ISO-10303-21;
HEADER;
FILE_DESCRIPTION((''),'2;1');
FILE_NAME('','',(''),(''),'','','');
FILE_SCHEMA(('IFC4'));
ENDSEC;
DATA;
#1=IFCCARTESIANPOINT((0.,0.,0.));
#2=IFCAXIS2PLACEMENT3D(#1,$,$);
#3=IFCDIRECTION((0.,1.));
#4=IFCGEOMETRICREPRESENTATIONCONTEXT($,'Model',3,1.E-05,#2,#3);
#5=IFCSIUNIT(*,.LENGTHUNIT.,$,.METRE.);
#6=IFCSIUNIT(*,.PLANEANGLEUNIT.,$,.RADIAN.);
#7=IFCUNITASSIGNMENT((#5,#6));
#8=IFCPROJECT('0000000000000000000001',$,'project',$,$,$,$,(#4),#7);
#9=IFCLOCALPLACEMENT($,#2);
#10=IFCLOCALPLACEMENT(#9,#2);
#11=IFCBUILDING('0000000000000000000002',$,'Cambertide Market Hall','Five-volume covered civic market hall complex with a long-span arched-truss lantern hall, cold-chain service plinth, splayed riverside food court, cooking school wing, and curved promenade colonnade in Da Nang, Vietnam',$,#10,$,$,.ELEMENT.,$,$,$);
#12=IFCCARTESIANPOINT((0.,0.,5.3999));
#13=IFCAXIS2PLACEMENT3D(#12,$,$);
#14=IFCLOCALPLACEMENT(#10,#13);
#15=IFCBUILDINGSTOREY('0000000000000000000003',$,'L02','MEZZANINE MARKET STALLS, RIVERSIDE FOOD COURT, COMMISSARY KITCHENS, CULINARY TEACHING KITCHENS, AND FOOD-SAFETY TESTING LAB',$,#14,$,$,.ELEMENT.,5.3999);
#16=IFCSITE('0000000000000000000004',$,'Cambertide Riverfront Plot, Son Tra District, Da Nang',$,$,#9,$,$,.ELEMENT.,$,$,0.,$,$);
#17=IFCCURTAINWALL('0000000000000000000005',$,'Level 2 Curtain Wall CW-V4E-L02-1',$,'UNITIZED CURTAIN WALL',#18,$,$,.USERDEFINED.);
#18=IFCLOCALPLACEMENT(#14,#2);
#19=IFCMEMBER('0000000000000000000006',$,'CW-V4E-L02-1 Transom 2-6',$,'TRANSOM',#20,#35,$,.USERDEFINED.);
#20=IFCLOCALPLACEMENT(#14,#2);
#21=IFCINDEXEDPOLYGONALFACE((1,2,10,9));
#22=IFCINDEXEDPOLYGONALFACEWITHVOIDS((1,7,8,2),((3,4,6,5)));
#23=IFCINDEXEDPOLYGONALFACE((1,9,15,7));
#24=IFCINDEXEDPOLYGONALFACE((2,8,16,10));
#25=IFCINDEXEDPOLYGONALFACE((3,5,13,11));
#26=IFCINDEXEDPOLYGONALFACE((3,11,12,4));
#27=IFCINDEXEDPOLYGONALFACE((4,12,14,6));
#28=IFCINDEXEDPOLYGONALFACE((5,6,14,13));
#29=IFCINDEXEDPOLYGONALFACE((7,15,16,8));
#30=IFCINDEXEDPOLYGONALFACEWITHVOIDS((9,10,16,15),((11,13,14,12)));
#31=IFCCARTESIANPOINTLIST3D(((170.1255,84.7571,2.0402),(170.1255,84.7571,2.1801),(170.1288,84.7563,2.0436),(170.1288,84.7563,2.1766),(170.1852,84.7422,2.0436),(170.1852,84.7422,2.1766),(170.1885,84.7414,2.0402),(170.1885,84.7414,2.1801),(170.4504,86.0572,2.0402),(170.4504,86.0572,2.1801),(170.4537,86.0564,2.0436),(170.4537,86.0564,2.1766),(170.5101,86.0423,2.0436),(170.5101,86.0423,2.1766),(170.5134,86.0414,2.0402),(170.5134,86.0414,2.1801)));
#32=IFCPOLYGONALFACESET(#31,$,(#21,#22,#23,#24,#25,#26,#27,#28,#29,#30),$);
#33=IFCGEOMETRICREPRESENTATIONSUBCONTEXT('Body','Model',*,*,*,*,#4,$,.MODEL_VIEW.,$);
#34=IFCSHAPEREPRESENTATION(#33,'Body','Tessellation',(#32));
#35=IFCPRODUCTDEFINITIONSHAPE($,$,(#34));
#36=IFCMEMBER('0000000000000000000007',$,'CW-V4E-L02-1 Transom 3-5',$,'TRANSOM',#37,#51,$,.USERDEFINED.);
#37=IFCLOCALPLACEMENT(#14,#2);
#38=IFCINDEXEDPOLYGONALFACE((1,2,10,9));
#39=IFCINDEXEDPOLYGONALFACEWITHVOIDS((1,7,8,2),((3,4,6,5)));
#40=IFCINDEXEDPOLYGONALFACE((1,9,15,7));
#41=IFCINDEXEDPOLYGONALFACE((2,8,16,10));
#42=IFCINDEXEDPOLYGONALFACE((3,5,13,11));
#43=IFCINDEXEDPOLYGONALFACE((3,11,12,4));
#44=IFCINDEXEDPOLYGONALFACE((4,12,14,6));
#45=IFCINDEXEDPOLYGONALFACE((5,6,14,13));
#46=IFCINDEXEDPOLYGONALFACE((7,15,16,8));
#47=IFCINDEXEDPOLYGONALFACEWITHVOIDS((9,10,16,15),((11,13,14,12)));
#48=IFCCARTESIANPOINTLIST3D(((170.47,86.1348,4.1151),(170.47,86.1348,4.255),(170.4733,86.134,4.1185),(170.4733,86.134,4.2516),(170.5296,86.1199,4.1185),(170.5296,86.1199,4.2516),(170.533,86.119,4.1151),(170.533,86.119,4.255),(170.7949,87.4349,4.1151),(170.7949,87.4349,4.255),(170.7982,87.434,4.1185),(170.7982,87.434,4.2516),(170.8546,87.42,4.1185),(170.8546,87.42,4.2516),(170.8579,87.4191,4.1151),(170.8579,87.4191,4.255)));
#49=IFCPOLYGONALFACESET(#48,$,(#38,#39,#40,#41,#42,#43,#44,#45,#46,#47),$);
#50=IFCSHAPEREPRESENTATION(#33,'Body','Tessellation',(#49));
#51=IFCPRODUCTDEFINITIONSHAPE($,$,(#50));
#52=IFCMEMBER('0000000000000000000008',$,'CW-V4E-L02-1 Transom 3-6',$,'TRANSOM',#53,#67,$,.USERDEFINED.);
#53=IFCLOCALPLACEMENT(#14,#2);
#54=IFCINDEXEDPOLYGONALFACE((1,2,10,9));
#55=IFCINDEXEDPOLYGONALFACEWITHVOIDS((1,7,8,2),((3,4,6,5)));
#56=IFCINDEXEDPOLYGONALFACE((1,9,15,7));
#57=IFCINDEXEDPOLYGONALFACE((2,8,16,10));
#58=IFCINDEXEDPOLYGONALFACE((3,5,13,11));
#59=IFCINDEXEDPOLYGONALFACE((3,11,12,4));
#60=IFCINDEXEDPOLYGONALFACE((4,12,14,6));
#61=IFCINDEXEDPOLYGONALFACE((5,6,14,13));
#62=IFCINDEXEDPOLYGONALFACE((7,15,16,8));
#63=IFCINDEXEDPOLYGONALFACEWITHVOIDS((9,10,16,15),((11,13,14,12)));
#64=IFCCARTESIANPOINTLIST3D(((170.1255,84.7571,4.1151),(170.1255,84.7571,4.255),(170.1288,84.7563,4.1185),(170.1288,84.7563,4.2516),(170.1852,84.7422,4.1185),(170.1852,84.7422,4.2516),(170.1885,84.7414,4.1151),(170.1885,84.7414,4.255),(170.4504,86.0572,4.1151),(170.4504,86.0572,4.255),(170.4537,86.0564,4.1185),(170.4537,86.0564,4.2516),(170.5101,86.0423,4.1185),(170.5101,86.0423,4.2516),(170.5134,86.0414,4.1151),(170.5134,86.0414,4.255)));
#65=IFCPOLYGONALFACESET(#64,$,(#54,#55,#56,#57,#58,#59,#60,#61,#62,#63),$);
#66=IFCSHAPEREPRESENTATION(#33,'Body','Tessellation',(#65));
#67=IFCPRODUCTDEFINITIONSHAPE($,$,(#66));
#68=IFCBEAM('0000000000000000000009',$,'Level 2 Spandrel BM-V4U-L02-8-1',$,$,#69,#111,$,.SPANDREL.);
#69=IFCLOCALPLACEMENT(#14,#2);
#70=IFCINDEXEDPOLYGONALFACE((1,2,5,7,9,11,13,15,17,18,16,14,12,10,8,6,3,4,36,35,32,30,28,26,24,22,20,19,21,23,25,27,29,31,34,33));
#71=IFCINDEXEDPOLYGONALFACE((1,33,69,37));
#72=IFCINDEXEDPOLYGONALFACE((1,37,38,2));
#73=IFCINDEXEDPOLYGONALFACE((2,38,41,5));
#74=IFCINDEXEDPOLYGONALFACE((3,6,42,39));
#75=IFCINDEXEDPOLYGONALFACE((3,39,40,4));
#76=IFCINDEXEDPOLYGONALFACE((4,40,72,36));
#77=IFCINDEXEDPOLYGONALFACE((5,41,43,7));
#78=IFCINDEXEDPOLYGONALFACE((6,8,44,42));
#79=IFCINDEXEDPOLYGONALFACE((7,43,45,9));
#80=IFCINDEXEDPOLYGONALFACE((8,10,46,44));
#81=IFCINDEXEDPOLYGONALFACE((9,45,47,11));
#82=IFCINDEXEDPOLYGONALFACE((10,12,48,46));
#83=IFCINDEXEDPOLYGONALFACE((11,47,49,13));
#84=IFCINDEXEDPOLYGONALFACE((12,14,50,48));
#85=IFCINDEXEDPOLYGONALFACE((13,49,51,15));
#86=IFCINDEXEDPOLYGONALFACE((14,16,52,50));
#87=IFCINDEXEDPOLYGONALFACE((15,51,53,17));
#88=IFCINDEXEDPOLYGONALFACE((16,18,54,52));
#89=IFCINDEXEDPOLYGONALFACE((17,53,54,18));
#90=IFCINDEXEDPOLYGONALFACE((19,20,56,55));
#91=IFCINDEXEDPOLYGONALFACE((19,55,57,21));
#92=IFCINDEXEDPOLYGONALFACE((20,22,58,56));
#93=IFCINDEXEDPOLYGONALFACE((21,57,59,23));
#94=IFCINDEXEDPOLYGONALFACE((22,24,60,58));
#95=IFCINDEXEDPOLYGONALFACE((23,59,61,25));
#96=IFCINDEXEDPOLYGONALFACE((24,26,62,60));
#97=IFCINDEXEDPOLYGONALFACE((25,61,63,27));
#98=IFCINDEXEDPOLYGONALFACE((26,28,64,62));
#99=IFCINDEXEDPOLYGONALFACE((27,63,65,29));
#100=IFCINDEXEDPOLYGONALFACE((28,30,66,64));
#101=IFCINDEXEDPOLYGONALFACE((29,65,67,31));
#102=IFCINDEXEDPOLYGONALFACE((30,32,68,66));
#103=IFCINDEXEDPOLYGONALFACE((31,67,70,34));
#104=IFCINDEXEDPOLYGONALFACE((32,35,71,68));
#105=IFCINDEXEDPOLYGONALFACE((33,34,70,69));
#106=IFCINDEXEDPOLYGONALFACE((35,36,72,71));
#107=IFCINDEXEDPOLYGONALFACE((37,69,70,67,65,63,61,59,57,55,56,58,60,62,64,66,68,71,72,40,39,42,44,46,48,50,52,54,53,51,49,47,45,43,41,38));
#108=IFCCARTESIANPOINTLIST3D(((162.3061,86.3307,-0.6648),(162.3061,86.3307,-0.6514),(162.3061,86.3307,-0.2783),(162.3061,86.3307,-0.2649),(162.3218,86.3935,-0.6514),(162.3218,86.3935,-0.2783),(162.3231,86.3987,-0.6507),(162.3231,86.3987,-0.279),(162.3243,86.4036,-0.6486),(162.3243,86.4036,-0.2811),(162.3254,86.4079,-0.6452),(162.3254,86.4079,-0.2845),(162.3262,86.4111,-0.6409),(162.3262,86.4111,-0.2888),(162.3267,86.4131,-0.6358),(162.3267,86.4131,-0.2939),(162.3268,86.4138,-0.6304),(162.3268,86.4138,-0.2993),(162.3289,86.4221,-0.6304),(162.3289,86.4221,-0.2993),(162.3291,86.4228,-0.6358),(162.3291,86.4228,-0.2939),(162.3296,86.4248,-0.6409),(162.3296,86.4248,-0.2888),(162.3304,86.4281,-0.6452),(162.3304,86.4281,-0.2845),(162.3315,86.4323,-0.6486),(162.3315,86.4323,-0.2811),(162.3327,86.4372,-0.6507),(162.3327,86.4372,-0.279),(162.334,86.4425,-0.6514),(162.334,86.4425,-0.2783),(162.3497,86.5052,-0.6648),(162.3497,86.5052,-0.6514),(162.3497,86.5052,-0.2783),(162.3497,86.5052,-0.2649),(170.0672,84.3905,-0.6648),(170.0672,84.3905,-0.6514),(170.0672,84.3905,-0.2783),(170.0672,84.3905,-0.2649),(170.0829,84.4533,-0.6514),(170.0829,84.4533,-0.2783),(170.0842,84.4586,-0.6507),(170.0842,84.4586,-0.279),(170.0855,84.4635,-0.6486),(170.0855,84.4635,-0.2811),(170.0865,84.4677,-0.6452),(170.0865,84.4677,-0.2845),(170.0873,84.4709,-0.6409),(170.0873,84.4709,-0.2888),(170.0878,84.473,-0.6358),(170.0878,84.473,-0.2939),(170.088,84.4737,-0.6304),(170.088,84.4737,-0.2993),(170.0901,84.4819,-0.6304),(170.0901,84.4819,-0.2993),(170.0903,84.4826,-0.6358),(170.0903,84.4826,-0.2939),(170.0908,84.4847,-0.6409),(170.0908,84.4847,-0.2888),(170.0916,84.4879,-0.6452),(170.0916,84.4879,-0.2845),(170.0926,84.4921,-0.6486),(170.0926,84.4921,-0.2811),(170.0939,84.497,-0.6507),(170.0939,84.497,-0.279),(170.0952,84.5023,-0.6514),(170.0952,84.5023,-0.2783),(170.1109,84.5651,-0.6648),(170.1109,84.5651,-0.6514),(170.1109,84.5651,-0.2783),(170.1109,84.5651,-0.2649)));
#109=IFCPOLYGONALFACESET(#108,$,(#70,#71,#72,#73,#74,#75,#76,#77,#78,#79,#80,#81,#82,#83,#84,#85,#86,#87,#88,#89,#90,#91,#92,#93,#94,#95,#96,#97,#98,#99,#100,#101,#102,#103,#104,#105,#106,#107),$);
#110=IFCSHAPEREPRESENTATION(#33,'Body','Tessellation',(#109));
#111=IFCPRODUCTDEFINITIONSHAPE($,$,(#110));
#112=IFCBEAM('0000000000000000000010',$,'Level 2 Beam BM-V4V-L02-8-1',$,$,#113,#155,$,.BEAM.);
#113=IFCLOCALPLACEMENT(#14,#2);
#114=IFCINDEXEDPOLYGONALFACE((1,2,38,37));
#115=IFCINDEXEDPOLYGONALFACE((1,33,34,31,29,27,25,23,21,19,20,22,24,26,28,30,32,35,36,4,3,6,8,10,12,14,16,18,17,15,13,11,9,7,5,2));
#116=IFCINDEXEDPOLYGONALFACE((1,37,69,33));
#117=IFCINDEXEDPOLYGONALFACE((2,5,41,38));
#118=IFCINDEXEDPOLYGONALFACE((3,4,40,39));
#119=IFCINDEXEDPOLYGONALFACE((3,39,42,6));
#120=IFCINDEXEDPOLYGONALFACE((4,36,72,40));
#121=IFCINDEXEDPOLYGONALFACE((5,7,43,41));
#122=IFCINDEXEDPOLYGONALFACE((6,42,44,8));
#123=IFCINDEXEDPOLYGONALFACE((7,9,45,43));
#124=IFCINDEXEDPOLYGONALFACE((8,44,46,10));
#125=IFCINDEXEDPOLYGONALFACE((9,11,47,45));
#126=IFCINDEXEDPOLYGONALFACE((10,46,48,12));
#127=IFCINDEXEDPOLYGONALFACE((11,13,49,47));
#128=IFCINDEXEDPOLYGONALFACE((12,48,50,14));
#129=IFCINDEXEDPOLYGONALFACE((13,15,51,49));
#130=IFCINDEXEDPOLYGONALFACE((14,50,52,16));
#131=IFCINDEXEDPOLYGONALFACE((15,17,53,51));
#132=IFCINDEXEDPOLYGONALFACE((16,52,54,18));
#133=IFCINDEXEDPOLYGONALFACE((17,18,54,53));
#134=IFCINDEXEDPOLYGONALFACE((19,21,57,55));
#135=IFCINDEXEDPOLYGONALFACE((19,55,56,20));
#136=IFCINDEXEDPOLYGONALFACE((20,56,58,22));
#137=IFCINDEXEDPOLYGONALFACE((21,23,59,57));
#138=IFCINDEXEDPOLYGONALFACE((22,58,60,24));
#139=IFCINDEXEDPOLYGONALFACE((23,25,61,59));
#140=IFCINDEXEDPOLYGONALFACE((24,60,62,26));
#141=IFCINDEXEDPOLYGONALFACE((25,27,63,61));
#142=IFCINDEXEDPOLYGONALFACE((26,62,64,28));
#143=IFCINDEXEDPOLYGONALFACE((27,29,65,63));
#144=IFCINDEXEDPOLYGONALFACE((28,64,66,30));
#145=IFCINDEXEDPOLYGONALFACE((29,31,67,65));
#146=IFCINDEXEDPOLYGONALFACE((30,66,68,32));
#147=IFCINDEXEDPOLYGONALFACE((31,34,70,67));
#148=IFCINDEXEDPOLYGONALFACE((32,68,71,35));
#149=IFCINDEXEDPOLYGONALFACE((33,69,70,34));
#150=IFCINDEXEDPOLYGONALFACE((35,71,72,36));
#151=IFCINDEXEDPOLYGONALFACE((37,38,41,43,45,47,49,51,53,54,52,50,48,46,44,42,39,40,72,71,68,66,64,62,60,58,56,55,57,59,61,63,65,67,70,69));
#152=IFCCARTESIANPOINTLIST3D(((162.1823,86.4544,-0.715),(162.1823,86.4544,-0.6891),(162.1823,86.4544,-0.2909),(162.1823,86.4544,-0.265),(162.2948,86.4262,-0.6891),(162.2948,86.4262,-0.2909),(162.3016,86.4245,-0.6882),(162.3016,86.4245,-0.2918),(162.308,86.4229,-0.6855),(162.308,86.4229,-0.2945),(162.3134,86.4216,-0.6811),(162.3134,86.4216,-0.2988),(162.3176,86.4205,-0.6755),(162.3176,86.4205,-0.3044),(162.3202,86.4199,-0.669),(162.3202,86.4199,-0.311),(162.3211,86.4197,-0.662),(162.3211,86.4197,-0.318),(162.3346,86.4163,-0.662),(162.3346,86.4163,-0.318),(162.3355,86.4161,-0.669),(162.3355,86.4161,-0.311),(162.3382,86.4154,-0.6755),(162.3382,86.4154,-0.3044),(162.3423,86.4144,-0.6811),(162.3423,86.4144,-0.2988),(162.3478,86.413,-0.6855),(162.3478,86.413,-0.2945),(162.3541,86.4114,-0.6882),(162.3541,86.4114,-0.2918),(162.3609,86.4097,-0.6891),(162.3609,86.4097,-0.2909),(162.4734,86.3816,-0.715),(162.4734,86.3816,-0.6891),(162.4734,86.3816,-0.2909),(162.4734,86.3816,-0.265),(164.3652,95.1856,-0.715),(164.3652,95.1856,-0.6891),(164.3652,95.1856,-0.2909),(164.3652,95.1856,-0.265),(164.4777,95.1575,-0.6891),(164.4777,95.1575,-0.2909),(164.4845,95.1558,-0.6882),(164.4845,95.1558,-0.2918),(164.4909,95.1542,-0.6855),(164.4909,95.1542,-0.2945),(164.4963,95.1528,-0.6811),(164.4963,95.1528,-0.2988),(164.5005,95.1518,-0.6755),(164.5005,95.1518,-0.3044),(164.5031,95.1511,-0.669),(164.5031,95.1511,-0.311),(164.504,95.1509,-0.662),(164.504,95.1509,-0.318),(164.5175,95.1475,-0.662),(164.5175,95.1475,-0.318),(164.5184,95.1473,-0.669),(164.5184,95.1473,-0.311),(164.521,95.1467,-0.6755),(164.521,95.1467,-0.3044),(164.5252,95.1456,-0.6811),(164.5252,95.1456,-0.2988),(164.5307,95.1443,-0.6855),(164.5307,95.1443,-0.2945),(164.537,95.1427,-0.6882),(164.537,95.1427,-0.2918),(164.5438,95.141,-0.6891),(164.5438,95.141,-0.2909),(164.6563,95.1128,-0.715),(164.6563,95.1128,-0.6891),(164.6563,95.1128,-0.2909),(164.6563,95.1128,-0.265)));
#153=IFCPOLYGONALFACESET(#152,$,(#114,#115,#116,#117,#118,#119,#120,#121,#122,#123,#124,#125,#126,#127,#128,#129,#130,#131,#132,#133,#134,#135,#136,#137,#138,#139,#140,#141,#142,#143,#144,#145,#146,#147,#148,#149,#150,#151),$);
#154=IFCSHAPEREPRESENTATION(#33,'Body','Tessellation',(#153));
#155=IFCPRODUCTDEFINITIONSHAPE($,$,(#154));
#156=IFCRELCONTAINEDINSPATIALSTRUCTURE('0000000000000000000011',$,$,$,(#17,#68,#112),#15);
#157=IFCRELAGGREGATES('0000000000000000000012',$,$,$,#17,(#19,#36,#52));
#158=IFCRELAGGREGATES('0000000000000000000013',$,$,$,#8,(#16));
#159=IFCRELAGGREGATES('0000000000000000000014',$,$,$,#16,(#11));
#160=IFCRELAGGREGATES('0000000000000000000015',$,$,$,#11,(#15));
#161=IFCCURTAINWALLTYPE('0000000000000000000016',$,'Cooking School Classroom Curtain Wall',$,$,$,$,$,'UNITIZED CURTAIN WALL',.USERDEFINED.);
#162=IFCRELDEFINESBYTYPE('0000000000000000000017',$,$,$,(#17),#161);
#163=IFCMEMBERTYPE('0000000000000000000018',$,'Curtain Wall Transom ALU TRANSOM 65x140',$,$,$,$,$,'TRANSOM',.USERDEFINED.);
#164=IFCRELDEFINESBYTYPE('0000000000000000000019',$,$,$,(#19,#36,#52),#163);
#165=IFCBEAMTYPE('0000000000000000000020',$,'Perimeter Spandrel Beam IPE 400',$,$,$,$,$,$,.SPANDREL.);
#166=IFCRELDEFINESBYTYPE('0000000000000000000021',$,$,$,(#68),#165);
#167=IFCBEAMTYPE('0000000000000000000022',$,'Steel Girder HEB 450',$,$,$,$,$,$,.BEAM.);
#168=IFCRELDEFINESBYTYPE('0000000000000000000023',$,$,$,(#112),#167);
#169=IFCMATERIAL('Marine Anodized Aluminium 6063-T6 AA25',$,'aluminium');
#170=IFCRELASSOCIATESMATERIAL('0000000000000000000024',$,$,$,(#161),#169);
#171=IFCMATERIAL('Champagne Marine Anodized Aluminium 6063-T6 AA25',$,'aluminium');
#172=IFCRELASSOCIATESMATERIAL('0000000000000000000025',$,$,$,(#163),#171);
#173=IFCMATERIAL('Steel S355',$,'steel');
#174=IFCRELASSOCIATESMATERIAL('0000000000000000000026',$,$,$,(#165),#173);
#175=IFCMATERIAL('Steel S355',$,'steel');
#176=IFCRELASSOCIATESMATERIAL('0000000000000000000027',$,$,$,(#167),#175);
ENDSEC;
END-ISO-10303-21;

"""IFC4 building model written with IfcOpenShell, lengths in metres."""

from ifc_helpers import new_model, si_unit, direction, frame, origin, origin_2d, place, context, subcontext, project, spatial, hollow_rectangle, i_section, extrude, material, material_profile, profile_set, type_object, element, aggregate, save


model = new_model("IFC4")

# Units and contexts
model_context = context("Model", 3, precision=1e-05, world=origin(), true_north=direction((0.0, 1.0)))
body_context = subcontext(model_context, "Body", "Model", "MODEL_VIEW")
ifc_project = project(units=[si_unit("LENGTHUNIT", "METRE"), si_unit("PLANEANGLEUNIT", "RADIAN")], contexts=[model_context])

# Site, building, storey
site_placement = place(None, origin())
site = spatial("IfcSite", under=ifc_project, at=site_placement, Name="Cambertide Riverfront Plot, Son Tra District, Da Nang", CompositionType="ELEMENT", RefElevation=0.0)
building_placement = place(site_placement, origin())
building = spatial("IfcBuilding", under=site, at=building_placement, Name="Cambertide Market Hall", Description="Five-volume covered civic market hall complex with a long-span arched-truss lantern hall, cold-chain service plinth, splayed riverside food court, cooking school wing, and curved promenade colonnade in Da Nang, Vietnam", CompositionType="ELEMENT")
storey_placement = place(building_placement, frame((0.0, 0.0, 5.3999)))
storey = spatial("IfcBuildingStorey", under=building, at=storey_placement, Name="L02", Description="MEZZANINE MARKET STALLS, RIVERSIDE FOOD COURT, COMMISSARY KITCHENS, CULINARY TEACHING KITCHENS, AND FOOD-SAFETY TESTING LAB", CompositionType="ELEMENT", Elevation=5.3999)

# Curtain wall, members
ifc_material_1 = material(Name="Marine Anodized Aluminium 6063-T6 AA25", Category="aluminium")
curtain_wall_type = type_object("IfcCurtainWallType", Name="Cooking School Classroom Curtain Wall", ElementType="UNITIZED CURTAIN WALL", PredefinedType="USERDEFINED", material=ifc_material_1)
curtain_wall_placement = place(storey_placement, origin())
curtain_wall = element("IfcCurtainWall", 1, at=curtain_wall_placement, inside=storey, type_object=curtain_wall_type, Name="Level 2 Curtain Wall CW-V4E-L02-1", ObjectType="UNITIZED CURTAIN WALL", PredefinedType="USERDEFINED")
ifc_material_2 = material(Name="Champagne Marine Anodized Aluminium 6063-T6 AA25", Category="aluminium")
ifc_material_profile_1 = material_profile(ifc_material_2, hollow_rectangle(XDim=0.0649, YDim=0.1399, WallThickness=0.0034, at=origin_2d()), Name="ALU TRANSOM 65x140")
ifc_profile_set_1 = profile_set([ifc_material_profile_1], Name="Champagne Marine Anodized Aluminium 6063-T6 AA25")
member_type_1 = type_object("IfcMemberType", Name="Curtain Wall Transom ALU TRANSOM 65x140", ElementType="TRANSOM", PredefinedType="USERDEFINED", material=ifc_profile_set_1)
member_1_placement = place(storey_placement, frame((170.4819, 86.0493, 2.1101), z_axis=(-0.242493, -0.970153, 0.0), x_axis=(0.970153, -0.242493, 0.0)))
member_1 = element("IfcMember", 2, at=member_1_placement, type_object=member_type_1, Name="CW-V4E-L02-1 Transom 2-6", ObjectType="TRANSOM", PredefinedType="USERDEFINED", context=body_context, shape_type="SweptSolid", body=[
    extrude(hollow_rectangle(XDim=0.0649, YDim=0.1399, WallThickness=0.0034, at=origin_2d()), origin(), (0.0, 0.0, 1.0), 1.3401),
])
member_2_placement = place(storey_placement, frame((170.8264, 87.427, 4.1851), z_axis=(-0.242493, -0.970153, 0.0), x_axis=(0.970153, -0.242493, 0.0)))
member_2 = element("IfcMember", 3, at=member_2_placement, type_object=member_type_1, Name="CW-V4E-L02-1 Transom 3-5", ObjectType="TRANSOM", PredefinedType="USERDEFINED", context=body_context, shape_type="SweptSolid", body=[
    extrude(hollow_rectangle(XDim=0.0649, YDim=0.1399, WallThickness=0.0034, at=origin_2d()), origin(), (0.0, 0.0, 1.0), 1.3401),
])
member_3_placement = place(storey_placement, frame((170.4819, 86.0493, 4.1851), z_axis=(-0.242493, -0.970153, 0.0), x_axis=(0.970153, -0.242493, 0.0)))
member_3 = element("IfcMember", 4, at=member_3_placement, type_object=member_type_1, Name="CW-V4E-L02-1 Transom 3-6", ObjectType="TRANSOM", PredefinedType="USERDEFINED", context=body_context, shape_type="SweptSolid", body=[
    extrude(hollow_rectangle(XDim=0.0649, YDim=0.1399, WallThickness=0.0034, at=origin_2d()), origin(), (0.0, 0.0, 1.0), 1.3401),
])

# Beams
ifc_material_3 = material(Name="Steel S355", Category="steel")
ifc_material_profile_2 = material_profile(ifc_material_3, i_section(OverallWidth=0.1799, OverallDepth=0.3999, WebThickness=0.0085, FlangeThickness=0.0134, FilletRadius=0.021, at=origin_2d()), Name="IPE 400")
ifc_profile_set_2 = profile_set([ifc_material_profile_2], Name="Steel S355")
beam_type_1 = type_object("IfcBeamType", Name="Perimeter Spandrel Beam IPE 400", PredefinedType="SPANDREL", material=ifc_profile_set_2)
beam_placement = place(storey_placement, frame((162.3279, 86.418, -0.4648), z_axis=(0.970146, -0.242521, 0.0), x_axis=(0.242521, 0.970146, 0.0)))
element("IfcBeam", 5, at=beam_placement, inside=storey, type_object=beam_type_1, Name="Level 2 Spandrel BM-V4U-L02-8-1", PredefinedType="SPANDREL", context=body_context, shape_type="SweptSolid", body=[
    extrude(i_section(OverallWidth=0.1799, OverallDepth=0.3999, WebThickness=0.0085, FlangeThickness=0.0134, FilletRadius=0.021, at=origin_2d()), origin(), (0.0, 0.0, 1.0), 8.0),
])
ifc_material_4 = material(Name="Steel S355", Category="steel")
ifc_material_profile_3 = material_profile(ifc_material_4, i_section(OverallWidth=0.3, OverallDepth=0.45, WebThickness=0.0139, FlangeThickness=0.0259, FilletRadius=0.0271, at=origin_2d()), Name="HEB 450")
ifc_profile_set_3 = profile_set([ifc_material_profile_3], Name="Steel S355")
beam_type_2 = type_object("IfcBeamType", Name="Steel Girder HEB 450", PredefinedType="BEAM", material=ifc_profile_set_3)
for number, where, z_axis, x_axis, name in (
    (6, (162.3279, 86.418, -0.49), (0.242542, 0.970141, 0.0), (-0.970141, 0.242542, 0.0), "Level 2 Beam BM-V4V-L02-8-1"),
):
    element("IfcBeam", number, at=place(storey_placement, frame(where, z_axis=z_axis, x_axis=x_axis)), inside=storey, type_object=beam_type_2, Name=name, PredefinedType="BEAM", context=body_context, shape_type="SweptSolid", body=[
        extrude(i_section(OverallWidth=0.3, OverallDepth=0.45, WebThickness=0.0139, FlangeThickness=0.0259, FilletRadius=0.0271, at=origin_2d()), origin(), (0.0, 0.0, 1.0), 9.0),
    ])

aggregate(curtain_wall, [member_1, member_2, member_3])

save(model, "model.ifc")
